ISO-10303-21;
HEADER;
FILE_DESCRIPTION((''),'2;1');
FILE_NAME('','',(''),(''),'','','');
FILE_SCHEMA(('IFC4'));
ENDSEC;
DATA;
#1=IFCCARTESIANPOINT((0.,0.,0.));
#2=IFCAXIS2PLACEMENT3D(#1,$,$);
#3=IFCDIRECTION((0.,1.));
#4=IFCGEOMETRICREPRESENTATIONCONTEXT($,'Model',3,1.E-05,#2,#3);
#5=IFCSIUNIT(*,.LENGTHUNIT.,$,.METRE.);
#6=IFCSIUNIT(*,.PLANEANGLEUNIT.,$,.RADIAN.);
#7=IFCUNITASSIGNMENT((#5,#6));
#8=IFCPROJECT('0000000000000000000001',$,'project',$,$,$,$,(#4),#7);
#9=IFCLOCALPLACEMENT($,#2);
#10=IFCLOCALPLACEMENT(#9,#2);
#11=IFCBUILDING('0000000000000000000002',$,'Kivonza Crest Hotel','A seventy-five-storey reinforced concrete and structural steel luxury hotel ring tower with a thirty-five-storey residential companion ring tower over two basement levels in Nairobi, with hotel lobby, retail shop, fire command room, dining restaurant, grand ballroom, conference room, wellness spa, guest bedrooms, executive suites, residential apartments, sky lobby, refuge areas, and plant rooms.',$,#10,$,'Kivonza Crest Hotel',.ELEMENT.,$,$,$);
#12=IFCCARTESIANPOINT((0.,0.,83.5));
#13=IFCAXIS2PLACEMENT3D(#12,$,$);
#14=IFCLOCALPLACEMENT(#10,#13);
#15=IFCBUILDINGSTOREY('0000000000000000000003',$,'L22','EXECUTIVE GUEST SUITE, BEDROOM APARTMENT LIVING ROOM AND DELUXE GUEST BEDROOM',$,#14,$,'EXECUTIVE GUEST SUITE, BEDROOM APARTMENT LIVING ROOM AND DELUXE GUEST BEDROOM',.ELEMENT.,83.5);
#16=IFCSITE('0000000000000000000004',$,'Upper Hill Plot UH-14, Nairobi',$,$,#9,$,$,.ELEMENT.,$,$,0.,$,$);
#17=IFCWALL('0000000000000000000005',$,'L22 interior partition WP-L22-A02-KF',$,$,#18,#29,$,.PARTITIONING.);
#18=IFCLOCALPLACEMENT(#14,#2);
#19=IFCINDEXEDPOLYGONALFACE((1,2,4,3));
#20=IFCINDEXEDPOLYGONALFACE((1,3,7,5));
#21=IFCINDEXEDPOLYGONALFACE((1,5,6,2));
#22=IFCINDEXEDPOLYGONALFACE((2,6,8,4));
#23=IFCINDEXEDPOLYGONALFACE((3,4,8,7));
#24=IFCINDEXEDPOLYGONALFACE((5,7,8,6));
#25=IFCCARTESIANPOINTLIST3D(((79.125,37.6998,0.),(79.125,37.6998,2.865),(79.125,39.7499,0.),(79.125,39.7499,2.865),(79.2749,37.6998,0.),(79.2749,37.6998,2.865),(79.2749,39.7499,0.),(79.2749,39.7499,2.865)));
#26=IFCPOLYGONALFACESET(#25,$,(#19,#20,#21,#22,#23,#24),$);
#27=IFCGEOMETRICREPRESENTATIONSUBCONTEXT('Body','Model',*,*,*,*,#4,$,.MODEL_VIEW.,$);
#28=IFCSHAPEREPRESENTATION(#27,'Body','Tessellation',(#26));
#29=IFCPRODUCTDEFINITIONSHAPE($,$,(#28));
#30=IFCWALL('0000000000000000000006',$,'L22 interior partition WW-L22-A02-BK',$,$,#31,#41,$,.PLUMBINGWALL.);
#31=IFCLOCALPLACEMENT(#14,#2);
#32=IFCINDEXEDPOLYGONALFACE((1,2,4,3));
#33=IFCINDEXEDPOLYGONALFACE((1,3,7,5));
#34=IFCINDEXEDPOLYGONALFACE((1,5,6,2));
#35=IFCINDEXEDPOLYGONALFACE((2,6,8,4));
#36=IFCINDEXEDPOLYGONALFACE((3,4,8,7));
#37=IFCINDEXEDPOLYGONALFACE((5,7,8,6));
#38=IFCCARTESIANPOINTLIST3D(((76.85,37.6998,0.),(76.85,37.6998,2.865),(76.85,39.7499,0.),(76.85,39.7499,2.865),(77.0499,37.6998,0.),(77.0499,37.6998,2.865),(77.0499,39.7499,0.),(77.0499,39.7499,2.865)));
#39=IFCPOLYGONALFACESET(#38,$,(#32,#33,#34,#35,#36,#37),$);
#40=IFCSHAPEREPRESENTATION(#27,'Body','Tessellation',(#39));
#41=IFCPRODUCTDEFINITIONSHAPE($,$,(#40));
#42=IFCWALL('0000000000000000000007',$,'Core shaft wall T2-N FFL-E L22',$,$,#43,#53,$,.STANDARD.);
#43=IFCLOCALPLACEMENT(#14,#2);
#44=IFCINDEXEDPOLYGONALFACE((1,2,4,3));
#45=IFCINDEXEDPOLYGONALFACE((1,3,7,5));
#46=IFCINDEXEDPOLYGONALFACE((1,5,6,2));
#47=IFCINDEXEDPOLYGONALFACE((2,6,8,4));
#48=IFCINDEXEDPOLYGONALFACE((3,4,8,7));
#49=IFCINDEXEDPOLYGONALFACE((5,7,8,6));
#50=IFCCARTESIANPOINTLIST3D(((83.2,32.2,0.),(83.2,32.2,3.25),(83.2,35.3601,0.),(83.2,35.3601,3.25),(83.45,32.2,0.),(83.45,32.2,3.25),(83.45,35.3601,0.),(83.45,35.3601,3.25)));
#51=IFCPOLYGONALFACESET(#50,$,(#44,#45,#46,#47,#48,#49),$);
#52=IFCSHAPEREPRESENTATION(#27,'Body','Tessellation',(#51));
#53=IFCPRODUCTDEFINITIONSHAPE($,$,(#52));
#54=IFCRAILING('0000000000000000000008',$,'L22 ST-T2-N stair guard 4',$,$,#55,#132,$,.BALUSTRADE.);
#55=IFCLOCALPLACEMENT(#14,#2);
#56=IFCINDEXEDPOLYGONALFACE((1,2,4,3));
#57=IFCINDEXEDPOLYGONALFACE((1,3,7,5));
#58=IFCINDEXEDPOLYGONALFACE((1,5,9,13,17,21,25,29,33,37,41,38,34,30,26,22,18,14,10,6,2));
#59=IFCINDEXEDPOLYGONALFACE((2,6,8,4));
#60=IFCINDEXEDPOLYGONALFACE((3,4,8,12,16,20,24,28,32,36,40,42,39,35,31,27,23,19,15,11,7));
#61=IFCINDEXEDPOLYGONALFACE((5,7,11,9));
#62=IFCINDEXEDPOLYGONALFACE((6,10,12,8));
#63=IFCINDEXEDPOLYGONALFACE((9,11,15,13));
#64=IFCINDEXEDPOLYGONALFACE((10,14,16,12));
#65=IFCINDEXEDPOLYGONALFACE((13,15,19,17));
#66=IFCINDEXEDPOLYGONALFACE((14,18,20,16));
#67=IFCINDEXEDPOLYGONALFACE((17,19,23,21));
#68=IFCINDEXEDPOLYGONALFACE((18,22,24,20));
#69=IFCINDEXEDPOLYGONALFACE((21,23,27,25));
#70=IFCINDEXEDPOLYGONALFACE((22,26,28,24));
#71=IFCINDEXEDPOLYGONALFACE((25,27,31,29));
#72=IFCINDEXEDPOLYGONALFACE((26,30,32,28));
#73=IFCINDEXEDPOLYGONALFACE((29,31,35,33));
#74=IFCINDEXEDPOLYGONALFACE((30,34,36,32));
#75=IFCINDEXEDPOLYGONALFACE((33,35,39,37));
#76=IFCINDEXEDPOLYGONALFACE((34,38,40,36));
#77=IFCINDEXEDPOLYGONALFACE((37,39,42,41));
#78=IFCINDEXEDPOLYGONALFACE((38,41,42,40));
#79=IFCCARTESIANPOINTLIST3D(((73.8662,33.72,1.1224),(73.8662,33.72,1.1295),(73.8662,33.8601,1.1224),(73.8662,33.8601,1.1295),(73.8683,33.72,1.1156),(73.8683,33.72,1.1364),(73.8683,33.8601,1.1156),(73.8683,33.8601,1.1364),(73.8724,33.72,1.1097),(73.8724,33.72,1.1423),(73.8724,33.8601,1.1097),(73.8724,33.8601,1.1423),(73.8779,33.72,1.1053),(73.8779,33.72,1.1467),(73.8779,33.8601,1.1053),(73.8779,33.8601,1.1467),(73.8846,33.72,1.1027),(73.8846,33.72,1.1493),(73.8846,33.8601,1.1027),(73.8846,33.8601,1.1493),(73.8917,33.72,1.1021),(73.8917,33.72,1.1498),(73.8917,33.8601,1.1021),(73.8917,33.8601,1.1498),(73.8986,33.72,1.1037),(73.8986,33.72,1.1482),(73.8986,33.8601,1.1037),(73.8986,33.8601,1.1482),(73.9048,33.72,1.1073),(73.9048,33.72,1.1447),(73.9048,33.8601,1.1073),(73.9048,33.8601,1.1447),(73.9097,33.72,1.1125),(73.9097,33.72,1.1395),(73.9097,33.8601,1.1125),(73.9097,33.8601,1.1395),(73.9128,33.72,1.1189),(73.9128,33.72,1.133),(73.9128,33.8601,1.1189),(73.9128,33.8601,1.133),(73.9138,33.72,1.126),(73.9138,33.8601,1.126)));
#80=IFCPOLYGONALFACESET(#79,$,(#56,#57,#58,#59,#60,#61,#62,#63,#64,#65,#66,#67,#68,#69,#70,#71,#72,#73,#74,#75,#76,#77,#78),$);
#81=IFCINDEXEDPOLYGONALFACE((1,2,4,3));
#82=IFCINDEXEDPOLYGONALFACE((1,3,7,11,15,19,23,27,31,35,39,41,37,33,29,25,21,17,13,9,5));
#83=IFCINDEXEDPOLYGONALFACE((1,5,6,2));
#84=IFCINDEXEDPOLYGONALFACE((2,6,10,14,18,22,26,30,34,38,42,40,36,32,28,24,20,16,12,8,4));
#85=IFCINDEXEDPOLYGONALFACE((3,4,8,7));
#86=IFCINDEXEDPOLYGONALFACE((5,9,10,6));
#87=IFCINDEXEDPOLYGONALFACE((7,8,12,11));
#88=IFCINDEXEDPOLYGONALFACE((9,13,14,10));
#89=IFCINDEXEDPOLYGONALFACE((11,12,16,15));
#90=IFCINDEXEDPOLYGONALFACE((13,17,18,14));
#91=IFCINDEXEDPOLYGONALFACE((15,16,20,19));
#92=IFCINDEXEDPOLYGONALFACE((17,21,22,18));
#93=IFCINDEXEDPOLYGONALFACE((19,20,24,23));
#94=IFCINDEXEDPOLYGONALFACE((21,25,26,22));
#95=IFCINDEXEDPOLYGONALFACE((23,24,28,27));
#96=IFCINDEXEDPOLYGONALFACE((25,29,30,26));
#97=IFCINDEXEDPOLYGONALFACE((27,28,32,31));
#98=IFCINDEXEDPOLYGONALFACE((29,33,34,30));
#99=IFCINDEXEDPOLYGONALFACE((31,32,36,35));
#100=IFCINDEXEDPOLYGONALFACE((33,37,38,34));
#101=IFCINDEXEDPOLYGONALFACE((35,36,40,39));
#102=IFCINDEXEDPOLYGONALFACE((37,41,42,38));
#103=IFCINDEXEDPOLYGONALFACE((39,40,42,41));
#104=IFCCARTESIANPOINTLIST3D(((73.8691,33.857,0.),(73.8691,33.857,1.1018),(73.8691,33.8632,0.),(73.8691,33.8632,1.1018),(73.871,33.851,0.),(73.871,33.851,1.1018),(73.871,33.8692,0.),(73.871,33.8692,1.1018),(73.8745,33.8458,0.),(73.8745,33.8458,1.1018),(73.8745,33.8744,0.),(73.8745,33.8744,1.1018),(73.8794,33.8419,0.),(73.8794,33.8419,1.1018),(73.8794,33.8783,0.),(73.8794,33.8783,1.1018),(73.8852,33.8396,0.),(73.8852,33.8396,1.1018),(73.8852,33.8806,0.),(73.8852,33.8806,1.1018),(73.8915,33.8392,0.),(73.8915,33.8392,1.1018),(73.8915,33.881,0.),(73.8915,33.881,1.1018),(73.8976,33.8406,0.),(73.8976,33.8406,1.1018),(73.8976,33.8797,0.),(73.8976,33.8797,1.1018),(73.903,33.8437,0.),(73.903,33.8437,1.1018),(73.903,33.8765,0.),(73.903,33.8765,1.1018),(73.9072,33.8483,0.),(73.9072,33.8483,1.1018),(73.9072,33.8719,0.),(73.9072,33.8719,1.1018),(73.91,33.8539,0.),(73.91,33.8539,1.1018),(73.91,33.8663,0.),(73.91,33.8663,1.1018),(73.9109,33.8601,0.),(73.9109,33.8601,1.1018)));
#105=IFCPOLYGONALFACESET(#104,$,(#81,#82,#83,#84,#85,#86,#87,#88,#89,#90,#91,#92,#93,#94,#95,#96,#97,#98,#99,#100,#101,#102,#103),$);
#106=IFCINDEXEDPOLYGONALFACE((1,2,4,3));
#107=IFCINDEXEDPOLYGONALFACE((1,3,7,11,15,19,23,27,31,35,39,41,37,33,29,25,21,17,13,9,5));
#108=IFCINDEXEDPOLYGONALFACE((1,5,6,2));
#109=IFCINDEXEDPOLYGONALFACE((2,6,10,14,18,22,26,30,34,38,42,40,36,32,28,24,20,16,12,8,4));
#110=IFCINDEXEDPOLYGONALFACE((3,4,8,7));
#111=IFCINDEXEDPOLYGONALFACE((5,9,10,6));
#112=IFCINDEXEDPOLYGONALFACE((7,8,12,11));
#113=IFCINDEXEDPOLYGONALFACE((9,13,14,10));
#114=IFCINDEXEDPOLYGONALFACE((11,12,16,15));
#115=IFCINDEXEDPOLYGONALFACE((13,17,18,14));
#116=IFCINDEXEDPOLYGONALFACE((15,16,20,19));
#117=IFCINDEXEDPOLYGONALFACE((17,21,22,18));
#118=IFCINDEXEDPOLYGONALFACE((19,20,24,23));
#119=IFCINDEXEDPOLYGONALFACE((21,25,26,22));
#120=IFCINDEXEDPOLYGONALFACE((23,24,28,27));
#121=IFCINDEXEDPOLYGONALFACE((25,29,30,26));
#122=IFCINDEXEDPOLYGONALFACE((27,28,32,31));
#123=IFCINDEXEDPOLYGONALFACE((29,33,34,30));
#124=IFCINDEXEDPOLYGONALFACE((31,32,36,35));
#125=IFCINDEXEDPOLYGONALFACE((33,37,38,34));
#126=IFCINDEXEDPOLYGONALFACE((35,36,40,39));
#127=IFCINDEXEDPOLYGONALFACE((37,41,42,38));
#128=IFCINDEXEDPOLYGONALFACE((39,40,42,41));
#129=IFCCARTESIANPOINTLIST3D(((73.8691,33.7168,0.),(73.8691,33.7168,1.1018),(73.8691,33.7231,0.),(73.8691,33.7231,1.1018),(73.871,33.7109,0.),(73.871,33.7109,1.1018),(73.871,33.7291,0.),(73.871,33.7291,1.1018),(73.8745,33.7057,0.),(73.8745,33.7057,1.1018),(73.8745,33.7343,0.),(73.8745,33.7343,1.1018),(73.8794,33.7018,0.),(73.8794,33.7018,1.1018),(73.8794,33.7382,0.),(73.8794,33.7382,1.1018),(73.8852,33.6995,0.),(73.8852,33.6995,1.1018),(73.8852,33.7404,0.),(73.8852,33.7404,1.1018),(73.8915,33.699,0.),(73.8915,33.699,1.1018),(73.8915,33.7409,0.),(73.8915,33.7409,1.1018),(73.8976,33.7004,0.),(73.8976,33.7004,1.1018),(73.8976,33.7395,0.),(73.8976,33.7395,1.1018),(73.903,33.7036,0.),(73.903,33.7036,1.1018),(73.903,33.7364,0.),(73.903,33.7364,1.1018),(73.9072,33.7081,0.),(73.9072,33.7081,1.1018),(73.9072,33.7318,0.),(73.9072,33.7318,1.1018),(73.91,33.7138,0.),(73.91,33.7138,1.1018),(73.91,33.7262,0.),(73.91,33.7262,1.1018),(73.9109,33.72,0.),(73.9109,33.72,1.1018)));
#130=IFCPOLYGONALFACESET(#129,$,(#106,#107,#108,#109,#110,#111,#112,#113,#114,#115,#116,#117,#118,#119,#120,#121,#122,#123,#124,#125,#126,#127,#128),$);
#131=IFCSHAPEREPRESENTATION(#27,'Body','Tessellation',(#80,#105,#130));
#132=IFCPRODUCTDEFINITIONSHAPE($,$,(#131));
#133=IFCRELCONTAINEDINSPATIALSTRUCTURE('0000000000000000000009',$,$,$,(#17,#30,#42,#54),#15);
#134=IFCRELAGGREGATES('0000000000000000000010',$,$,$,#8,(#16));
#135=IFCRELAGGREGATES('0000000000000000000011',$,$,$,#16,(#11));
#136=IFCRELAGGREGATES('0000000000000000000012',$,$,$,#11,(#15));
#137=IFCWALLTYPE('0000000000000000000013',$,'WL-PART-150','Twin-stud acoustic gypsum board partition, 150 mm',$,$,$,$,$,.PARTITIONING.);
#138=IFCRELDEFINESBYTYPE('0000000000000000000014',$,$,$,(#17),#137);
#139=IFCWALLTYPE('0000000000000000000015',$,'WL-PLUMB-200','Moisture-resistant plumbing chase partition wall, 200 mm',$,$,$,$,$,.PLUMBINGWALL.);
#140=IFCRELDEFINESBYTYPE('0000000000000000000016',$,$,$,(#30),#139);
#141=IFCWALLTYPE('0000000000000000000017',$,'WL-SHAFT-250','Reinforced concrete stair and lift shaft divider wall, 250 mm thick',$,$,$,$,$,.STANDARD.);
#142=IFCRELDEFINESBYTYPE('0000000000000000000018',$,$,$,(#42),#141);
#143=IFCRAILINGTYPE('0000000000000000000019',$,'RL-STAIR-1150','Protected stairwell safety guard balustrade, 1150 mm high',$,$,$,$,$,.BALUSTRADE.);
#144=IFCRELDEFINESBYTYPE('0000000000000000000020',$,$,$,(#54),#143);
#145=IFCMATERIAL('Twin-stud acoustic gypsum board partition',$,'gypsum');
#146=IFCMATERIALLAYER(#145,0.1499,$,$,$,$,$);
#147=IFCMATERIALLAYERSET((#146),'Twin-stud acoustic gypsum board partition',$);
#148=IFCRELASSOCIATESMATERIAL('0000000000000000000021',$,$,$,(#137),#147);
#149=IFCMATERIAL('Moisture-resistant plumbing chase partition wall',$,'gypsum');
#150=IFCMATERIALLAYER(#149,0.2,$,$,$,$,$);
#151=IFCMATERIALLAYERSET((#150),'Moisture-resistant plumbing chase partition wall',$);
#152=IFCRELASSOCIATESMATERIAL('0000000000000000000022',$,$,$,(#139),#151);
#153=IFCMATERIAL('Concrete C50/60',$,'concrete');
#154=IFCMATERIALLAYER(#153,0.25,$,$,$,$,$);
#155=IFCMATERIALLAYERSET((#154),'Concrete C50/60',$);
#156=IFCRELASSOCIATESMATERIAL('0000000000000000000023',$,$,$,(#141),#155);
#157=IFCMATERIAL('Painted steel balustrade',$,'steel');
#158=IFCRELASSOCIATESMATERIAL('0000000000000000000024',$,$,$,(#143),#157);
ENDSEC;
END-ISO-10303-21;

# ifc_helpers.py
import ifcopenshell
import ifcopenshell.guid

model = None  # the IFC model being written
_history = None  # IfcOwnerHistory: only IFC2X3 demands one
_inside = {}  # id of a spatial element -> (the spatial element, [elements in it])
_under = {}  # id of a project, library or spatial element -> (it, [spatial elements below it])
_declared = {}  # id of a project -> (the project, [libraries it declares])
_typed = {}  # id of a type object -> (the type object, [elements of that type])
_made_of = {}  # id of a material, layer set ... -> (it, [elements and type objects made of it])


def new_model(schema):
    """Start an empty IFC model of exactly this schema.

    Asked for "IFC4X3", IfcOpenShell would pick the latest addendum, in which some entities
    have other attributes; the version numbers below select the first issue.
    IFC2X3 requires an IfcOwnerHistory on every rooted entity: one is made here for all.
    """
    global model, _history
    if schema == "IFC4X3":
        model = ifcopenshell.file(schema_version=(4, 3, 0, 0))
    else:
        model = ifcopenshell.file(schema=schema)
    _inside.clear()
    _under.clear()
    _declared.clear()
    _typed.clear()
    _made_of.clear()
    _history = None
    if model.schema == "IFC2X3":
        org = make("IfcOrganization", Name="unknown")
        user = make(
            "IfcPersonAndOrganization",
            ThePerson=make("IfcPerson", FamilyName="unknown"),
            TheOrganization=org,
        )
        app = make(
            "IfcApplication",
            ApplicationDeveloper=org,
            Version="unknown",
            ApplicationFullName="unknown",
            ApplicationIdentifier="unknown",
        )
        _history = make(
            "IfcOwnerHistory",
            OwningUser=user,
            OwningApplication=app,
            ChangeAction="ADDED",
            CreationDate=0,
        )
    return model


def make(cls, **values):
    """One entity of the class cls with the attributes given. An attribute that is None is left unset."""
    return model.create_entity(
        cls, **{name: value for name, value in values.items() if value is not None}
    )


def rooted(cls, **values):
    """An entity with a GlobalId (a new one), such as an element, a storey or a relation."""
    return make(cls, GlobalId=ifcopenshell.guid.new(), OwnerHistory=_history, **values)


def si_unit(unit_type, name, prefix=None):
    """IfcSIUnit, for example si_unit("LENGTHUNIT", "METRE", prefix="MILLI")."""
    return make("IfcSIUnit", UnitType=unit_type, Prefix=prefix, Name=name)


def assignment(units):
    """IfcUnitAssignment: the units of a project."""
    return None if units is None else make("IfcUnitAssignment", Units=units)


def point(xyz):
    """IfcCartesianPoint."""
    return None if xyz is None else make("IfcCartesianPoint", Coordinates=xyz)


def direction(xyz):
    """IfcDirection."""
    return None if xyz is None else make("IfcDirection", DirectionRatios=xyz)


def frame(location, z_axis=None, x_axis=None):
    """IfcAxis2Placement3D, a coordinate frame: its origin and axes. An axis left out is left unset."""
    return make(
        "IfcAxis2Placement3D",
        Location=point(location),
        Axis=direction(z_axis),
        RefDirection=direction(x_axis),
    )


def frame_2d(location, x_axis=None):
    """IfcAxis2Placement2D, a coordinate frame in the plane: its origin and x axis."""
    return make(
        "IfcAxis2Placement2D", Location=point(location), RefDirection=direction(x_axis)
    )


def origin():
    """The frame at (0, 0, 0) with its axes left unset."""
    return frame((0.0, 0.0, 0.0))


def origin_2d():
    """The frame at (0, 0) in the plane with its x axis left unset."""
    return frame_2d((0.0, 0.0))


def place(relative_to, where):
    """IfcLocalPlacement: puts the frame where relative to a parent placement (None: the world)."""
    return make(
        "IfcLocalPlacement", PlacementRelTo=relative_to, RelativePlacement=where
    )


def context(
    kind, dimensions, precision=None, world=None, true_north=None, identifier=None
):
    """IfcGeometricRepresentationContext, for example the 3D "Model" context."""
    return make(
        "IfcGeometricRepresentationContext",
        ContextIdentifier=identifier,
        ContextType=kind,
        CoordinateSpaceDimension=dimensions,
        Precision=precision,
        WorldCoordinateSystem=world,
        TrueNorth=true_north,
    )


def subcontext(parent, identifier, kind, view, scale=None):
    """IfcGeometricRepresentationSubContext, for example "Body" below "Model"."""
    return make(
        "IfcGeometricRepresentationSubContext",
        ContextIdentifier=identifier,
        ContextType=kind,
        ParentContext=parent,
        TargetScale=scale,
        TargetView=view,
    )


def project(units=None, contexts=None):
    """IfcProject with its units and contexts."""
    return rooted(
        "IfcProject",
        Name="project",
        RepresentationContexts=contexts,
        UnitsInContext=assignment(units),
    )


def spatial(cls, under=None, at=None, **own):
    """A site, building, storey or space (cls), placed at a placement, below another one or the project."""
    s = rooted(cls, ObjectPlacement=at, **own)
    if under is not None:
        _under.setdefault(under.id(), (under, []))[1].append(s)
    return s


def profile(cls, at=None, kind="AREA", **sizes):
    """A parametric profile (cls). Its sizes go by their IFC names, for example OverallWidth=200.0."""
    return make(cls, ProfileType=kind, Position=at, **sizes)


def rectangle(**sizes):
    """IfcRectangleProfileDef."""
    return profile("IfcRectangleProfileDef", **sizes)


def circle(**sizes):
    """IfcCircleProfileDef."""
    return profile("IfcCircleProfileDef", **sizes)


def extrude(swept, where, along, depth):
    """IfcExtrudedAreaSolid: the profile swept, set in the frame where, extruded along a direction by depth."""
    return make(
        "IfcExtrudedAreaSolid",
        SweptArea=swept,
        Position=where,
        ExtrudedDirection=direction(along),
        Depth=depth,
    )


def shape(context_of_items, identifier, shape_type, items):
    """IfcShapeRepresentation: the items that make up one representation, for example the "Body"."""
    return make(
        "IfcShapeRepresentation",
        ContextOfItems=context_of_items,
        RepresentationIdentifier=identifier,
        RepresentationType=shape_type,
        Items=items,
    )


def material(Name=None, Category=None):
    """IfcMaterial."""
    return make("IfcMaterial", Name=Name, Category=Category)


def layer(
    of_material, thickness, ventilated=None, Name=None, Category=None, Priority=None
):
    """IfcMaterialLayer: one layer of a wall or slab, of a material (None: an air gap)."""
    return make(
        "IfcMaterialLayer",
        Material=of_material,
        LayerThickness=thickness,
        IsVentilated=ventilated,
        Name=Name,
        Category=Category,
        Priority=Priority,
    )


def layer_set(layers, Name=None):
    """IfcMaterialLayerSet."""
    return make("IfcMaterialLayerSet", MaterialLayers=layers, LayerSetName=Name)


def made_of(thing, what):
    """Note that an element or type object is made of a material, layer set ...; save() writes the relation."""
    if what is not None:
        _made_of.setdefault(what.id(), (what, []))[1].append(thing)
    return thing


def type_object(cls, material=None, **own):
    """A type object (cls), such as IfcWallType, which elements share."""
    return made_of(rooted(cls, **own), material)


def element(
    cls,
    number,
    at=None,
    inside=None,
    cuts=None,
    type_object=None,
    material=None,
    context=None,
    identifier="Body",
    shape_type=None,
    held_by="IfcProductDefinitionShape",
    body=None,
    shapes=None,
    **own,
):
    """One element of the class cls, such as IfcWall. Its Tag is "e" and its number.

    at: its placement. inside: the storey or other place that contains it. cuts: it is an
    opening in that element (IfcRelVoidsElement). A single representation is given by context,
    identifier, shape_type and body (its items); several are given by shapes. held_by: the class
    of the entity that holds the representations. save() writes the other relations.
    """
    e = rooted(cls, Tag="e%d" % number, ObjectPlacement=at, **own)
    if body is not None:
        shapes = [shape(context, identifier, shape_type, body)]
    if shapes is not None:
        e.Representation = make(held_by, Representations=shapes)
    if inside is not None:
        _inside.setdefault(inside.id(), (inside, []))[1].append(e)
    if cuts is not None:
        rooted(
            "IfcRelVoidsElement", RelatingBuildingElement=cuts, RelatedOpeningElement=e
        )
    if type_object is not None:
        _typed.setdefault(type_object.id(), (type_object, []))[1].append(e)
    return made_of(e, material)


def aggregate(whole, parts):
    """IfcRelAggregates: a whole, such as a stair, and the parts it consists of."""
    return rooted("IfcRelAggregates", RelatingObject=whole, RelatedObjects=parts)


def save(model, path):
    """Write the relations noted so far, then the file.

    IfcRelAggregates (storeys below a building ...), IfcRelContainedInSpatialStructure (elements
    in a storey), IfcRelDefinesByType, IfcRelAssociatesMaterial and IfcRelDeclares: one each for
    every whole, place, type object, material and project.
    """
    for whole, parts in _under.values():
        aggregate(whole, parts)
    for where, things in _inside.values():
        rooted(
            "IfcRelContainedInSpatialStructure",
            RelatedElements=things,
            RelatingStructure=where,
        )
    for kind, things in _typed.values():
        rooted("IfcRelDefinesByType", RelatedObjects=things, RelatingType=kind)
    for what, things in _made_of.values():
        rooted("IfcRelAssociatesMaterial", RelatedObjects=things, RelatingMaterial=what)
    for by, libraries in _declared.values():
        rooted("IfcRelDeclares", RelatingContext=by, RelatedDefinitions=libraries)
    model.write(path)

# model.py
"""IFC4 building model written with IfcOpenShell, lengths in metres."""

from ifc_helpers import new_model, si_unit, direction, frame, frame_2d, origin, origin_2d, place, context, subcontext, project, spatial, rectangle, circle, extrude, material, layer, layer_set, type_object, element, save


model = new_model("IFC4")

# Units and contexts
model_context = context("Model", 3, precision=1e-05, world=origin(), true_north=direction((0.0, 1.0)))
body_context = subcontext(model_context, "Body", "Model", "MODEL_VIEW")
ifc_project = project(units=[si_unit("LENGTHUNIT", "METRE"), si_unit("PLANEANGLEUNIT", "RADIAN")], contexts=[model_context])

# Site, building, storey
site_placement = place(None, origin())
site = spatial("IfcSite", under=ifc_project, at=site_placement, Name="Upper Hill Plot UH-14, Nairobi", CompositionType="ELEMENT", RefElevation=0.0)
building_placement = place(site_placement, origin())
building = spatial("IfcBuilding", under=site, at=building_placement, Name="Kivonza Crest Hotel", Description="A seventy-five-storey reinforced concrete and structural steel luxury hotel ring tower with a thirty-five-storey residential companion ring tower over two basement levels in Nairobi, with hotel lobby, retail shop, fire command room, dining restaurant, grand ballroom, conference room, wellness spa, guest bedrooms, executive suites, residential apartments, sky lobby, refuge areas, and plant rooms.", LongName="Kivonza Crest Hotel", CompositionType="ELEMENT")
storey_placement = place(building_placement, frame((0.0, 0.0, 83.5)))
storey = spatial("IfcBuildingStorey", under=building, at=storey_placement, Name="L22", Description="EXECUTIVE GUEST SUITE, BEDROOM APARTMENT LIVING ROOM AND DELUXE GUEST BEDROOM", LongName="EXECUTIVE GUEST SUITE, BEDROOM APARTMENT LIVING ROOM AND DELUXE GUEST BEDROOM", CompositionType="ELEMENT", Elevation=83.5)

# Shared definitions
ifc_material_1 = material(Name="Twin-stud acoustic gypsum board partition", Category="gypsum")
ifc_layer_1 = layer(ifc_material_1, 0.1499)
ifc_layer_set_1 = layer_set([ifc_layer_1], Name="Twin-stud acoustic gypsum board partition")
wall_type_1 = type_object("IfcWallType", Name="WL-PART-150", Description="Twin-stud acoustic gypsum board partition, 150 mm", PredefinedType="PARTITIONING", material=ifc_layer_set_1)

# Walls
wall_1_placement = place(storey_placement, frame((79.2, 37.7, 0.0), z_axis=(0.0, 0.0, 1.0), x_axis=(0.0, 1.0, 0.0)))
element("IfcWall", 1, at=wall_1_placement, inside=storey, type_object=wall_type_1, Name="L22 interior partition WP-L22-A02-KF", PredefinedType="PARTITIONING", context=body_context, shape_type="SweptSolid", body=[
    extrude(rectangle(XDim=2.05, YDim=0.1499, at=frame_2d((1.0249, 0.0))), origin(), (0.0, 0.0, 1.0), 2.865),
])
ifc_material_2 = material(Name="Moisture-resistant plumbing chase partition wall", Category="gypsum")
ifc_layer_2 = layer(ifc_material_2, 0.2)
ifc_layer_set_2 = layer_set([ifc_layer_2], Name="Moisture-resistant plumbing chase partition wall")
wall_type_2 = type_object("IfcWallType", Name="WL-PLUMB-200", Description="Moisture-resistant plumbing chase partition wall, 200 mm", PredefinedType="PLUMBINGWALL", material=ifc_layer_set_2)
wall_2_placement = place(storey_placement, frame((76.95, 37.7, 0.0), z_axis=(0.0, 0.0, 1.0), x_axis=(0.0, 1.0, 0.0)))
element("IfcWall", 2, at=wall_2_placement, inside=storey, type_object=wall_type_2, Name="L22 interior partition WW-L22-A02-BK", PredefinedType="PLUMBINGWALL", context=body_context, shape_type="SweptSolid", body=[
    extrude(rectangle(XDim=2.05, YDim=0.2, at=frame_2d((1.0249, 0.0))), origin(), (0.0, 0.0, 1.0), 2.865),
])

# Shared definitions
ifc_material_3 = material(Name="Concrete C50/60", Category="concrete")
ifc_layer_3 = layer(ifc_material_3, 0.25)
ifc_layer_set_3 = layer_set([ifc_layer_3], Name="Concrete C50/60")
wall_type_3 = type_object("IfcWallType", Name="WL-SHAFT-250", Description="Reinforced concrete stair and lift shaft divider wall, 250 mm thick", PredefinedType="STANDARD", material=ifc_layer_set_3)

# Wall
wall_3_placement = place(storey_placement, frame((83.325, 32.2, 0.0), z_axis=(0.0, 0.0, 1.0), x_axis=(0.0, 1.0, 0.0)))
element("IfcWall", 3, at=wall_3_placement, inside=storey, type_object=wall_type_3, Name="Core shaft wall T2-N FFL-E L22", PredefinedType="STANDARD", context=body_context, shape_type="SweptSolid", body=[
    extrude(rectangle(XDim=3.1602, YDim=0.25, at=frame_2d((1.5801, 0.0))), origin(), (0.0, 0.0, 1.0), 3.25),
])

# Railing
ifc_material_4 = material(Name="Painted steel balustrade", Category="steel")
railing_type = type_object("IfcRailingType", Name="RL-STAIR-1150", Description="Protected stairwell safety guard balustrade, 1150 mm high", PredefinedType="BALUSTRADE", material=ifc_material_4)
railing_placement = place(storey_placement, frame((73.8899, 33.8601, 0.0)))
element("IfcRailing", 4, at=railing_placement, inside=storey, type_object=railing_type, Name="L22 ST-T2-N stair guard 4", PredefinedType="BALUSTRADE", context=body_context, shape_type="SweptSolid", body=[
    extrude(circle(Radius=0.0239, at=origin_2d()), frame((0.0, 0.0, 1.126), z_axis=(0.0, -1.0, 0.0), x_axis=(1.0, 0.0, 0.0)), (0.0, 0.0, 1.0), 0.1401),
    extrude(circle(Radius=0.021, at=origin_2d()), origin(), (0.0, 0.0, 1.0), 1.1018),
    extrude(circle(Radius=0.021, at=origin_2d()), frame((0.0, -0.1401, 0.0)), (0.0, 0.0, 1.0), 1.1018),
])

save(model, "model.ifc")
